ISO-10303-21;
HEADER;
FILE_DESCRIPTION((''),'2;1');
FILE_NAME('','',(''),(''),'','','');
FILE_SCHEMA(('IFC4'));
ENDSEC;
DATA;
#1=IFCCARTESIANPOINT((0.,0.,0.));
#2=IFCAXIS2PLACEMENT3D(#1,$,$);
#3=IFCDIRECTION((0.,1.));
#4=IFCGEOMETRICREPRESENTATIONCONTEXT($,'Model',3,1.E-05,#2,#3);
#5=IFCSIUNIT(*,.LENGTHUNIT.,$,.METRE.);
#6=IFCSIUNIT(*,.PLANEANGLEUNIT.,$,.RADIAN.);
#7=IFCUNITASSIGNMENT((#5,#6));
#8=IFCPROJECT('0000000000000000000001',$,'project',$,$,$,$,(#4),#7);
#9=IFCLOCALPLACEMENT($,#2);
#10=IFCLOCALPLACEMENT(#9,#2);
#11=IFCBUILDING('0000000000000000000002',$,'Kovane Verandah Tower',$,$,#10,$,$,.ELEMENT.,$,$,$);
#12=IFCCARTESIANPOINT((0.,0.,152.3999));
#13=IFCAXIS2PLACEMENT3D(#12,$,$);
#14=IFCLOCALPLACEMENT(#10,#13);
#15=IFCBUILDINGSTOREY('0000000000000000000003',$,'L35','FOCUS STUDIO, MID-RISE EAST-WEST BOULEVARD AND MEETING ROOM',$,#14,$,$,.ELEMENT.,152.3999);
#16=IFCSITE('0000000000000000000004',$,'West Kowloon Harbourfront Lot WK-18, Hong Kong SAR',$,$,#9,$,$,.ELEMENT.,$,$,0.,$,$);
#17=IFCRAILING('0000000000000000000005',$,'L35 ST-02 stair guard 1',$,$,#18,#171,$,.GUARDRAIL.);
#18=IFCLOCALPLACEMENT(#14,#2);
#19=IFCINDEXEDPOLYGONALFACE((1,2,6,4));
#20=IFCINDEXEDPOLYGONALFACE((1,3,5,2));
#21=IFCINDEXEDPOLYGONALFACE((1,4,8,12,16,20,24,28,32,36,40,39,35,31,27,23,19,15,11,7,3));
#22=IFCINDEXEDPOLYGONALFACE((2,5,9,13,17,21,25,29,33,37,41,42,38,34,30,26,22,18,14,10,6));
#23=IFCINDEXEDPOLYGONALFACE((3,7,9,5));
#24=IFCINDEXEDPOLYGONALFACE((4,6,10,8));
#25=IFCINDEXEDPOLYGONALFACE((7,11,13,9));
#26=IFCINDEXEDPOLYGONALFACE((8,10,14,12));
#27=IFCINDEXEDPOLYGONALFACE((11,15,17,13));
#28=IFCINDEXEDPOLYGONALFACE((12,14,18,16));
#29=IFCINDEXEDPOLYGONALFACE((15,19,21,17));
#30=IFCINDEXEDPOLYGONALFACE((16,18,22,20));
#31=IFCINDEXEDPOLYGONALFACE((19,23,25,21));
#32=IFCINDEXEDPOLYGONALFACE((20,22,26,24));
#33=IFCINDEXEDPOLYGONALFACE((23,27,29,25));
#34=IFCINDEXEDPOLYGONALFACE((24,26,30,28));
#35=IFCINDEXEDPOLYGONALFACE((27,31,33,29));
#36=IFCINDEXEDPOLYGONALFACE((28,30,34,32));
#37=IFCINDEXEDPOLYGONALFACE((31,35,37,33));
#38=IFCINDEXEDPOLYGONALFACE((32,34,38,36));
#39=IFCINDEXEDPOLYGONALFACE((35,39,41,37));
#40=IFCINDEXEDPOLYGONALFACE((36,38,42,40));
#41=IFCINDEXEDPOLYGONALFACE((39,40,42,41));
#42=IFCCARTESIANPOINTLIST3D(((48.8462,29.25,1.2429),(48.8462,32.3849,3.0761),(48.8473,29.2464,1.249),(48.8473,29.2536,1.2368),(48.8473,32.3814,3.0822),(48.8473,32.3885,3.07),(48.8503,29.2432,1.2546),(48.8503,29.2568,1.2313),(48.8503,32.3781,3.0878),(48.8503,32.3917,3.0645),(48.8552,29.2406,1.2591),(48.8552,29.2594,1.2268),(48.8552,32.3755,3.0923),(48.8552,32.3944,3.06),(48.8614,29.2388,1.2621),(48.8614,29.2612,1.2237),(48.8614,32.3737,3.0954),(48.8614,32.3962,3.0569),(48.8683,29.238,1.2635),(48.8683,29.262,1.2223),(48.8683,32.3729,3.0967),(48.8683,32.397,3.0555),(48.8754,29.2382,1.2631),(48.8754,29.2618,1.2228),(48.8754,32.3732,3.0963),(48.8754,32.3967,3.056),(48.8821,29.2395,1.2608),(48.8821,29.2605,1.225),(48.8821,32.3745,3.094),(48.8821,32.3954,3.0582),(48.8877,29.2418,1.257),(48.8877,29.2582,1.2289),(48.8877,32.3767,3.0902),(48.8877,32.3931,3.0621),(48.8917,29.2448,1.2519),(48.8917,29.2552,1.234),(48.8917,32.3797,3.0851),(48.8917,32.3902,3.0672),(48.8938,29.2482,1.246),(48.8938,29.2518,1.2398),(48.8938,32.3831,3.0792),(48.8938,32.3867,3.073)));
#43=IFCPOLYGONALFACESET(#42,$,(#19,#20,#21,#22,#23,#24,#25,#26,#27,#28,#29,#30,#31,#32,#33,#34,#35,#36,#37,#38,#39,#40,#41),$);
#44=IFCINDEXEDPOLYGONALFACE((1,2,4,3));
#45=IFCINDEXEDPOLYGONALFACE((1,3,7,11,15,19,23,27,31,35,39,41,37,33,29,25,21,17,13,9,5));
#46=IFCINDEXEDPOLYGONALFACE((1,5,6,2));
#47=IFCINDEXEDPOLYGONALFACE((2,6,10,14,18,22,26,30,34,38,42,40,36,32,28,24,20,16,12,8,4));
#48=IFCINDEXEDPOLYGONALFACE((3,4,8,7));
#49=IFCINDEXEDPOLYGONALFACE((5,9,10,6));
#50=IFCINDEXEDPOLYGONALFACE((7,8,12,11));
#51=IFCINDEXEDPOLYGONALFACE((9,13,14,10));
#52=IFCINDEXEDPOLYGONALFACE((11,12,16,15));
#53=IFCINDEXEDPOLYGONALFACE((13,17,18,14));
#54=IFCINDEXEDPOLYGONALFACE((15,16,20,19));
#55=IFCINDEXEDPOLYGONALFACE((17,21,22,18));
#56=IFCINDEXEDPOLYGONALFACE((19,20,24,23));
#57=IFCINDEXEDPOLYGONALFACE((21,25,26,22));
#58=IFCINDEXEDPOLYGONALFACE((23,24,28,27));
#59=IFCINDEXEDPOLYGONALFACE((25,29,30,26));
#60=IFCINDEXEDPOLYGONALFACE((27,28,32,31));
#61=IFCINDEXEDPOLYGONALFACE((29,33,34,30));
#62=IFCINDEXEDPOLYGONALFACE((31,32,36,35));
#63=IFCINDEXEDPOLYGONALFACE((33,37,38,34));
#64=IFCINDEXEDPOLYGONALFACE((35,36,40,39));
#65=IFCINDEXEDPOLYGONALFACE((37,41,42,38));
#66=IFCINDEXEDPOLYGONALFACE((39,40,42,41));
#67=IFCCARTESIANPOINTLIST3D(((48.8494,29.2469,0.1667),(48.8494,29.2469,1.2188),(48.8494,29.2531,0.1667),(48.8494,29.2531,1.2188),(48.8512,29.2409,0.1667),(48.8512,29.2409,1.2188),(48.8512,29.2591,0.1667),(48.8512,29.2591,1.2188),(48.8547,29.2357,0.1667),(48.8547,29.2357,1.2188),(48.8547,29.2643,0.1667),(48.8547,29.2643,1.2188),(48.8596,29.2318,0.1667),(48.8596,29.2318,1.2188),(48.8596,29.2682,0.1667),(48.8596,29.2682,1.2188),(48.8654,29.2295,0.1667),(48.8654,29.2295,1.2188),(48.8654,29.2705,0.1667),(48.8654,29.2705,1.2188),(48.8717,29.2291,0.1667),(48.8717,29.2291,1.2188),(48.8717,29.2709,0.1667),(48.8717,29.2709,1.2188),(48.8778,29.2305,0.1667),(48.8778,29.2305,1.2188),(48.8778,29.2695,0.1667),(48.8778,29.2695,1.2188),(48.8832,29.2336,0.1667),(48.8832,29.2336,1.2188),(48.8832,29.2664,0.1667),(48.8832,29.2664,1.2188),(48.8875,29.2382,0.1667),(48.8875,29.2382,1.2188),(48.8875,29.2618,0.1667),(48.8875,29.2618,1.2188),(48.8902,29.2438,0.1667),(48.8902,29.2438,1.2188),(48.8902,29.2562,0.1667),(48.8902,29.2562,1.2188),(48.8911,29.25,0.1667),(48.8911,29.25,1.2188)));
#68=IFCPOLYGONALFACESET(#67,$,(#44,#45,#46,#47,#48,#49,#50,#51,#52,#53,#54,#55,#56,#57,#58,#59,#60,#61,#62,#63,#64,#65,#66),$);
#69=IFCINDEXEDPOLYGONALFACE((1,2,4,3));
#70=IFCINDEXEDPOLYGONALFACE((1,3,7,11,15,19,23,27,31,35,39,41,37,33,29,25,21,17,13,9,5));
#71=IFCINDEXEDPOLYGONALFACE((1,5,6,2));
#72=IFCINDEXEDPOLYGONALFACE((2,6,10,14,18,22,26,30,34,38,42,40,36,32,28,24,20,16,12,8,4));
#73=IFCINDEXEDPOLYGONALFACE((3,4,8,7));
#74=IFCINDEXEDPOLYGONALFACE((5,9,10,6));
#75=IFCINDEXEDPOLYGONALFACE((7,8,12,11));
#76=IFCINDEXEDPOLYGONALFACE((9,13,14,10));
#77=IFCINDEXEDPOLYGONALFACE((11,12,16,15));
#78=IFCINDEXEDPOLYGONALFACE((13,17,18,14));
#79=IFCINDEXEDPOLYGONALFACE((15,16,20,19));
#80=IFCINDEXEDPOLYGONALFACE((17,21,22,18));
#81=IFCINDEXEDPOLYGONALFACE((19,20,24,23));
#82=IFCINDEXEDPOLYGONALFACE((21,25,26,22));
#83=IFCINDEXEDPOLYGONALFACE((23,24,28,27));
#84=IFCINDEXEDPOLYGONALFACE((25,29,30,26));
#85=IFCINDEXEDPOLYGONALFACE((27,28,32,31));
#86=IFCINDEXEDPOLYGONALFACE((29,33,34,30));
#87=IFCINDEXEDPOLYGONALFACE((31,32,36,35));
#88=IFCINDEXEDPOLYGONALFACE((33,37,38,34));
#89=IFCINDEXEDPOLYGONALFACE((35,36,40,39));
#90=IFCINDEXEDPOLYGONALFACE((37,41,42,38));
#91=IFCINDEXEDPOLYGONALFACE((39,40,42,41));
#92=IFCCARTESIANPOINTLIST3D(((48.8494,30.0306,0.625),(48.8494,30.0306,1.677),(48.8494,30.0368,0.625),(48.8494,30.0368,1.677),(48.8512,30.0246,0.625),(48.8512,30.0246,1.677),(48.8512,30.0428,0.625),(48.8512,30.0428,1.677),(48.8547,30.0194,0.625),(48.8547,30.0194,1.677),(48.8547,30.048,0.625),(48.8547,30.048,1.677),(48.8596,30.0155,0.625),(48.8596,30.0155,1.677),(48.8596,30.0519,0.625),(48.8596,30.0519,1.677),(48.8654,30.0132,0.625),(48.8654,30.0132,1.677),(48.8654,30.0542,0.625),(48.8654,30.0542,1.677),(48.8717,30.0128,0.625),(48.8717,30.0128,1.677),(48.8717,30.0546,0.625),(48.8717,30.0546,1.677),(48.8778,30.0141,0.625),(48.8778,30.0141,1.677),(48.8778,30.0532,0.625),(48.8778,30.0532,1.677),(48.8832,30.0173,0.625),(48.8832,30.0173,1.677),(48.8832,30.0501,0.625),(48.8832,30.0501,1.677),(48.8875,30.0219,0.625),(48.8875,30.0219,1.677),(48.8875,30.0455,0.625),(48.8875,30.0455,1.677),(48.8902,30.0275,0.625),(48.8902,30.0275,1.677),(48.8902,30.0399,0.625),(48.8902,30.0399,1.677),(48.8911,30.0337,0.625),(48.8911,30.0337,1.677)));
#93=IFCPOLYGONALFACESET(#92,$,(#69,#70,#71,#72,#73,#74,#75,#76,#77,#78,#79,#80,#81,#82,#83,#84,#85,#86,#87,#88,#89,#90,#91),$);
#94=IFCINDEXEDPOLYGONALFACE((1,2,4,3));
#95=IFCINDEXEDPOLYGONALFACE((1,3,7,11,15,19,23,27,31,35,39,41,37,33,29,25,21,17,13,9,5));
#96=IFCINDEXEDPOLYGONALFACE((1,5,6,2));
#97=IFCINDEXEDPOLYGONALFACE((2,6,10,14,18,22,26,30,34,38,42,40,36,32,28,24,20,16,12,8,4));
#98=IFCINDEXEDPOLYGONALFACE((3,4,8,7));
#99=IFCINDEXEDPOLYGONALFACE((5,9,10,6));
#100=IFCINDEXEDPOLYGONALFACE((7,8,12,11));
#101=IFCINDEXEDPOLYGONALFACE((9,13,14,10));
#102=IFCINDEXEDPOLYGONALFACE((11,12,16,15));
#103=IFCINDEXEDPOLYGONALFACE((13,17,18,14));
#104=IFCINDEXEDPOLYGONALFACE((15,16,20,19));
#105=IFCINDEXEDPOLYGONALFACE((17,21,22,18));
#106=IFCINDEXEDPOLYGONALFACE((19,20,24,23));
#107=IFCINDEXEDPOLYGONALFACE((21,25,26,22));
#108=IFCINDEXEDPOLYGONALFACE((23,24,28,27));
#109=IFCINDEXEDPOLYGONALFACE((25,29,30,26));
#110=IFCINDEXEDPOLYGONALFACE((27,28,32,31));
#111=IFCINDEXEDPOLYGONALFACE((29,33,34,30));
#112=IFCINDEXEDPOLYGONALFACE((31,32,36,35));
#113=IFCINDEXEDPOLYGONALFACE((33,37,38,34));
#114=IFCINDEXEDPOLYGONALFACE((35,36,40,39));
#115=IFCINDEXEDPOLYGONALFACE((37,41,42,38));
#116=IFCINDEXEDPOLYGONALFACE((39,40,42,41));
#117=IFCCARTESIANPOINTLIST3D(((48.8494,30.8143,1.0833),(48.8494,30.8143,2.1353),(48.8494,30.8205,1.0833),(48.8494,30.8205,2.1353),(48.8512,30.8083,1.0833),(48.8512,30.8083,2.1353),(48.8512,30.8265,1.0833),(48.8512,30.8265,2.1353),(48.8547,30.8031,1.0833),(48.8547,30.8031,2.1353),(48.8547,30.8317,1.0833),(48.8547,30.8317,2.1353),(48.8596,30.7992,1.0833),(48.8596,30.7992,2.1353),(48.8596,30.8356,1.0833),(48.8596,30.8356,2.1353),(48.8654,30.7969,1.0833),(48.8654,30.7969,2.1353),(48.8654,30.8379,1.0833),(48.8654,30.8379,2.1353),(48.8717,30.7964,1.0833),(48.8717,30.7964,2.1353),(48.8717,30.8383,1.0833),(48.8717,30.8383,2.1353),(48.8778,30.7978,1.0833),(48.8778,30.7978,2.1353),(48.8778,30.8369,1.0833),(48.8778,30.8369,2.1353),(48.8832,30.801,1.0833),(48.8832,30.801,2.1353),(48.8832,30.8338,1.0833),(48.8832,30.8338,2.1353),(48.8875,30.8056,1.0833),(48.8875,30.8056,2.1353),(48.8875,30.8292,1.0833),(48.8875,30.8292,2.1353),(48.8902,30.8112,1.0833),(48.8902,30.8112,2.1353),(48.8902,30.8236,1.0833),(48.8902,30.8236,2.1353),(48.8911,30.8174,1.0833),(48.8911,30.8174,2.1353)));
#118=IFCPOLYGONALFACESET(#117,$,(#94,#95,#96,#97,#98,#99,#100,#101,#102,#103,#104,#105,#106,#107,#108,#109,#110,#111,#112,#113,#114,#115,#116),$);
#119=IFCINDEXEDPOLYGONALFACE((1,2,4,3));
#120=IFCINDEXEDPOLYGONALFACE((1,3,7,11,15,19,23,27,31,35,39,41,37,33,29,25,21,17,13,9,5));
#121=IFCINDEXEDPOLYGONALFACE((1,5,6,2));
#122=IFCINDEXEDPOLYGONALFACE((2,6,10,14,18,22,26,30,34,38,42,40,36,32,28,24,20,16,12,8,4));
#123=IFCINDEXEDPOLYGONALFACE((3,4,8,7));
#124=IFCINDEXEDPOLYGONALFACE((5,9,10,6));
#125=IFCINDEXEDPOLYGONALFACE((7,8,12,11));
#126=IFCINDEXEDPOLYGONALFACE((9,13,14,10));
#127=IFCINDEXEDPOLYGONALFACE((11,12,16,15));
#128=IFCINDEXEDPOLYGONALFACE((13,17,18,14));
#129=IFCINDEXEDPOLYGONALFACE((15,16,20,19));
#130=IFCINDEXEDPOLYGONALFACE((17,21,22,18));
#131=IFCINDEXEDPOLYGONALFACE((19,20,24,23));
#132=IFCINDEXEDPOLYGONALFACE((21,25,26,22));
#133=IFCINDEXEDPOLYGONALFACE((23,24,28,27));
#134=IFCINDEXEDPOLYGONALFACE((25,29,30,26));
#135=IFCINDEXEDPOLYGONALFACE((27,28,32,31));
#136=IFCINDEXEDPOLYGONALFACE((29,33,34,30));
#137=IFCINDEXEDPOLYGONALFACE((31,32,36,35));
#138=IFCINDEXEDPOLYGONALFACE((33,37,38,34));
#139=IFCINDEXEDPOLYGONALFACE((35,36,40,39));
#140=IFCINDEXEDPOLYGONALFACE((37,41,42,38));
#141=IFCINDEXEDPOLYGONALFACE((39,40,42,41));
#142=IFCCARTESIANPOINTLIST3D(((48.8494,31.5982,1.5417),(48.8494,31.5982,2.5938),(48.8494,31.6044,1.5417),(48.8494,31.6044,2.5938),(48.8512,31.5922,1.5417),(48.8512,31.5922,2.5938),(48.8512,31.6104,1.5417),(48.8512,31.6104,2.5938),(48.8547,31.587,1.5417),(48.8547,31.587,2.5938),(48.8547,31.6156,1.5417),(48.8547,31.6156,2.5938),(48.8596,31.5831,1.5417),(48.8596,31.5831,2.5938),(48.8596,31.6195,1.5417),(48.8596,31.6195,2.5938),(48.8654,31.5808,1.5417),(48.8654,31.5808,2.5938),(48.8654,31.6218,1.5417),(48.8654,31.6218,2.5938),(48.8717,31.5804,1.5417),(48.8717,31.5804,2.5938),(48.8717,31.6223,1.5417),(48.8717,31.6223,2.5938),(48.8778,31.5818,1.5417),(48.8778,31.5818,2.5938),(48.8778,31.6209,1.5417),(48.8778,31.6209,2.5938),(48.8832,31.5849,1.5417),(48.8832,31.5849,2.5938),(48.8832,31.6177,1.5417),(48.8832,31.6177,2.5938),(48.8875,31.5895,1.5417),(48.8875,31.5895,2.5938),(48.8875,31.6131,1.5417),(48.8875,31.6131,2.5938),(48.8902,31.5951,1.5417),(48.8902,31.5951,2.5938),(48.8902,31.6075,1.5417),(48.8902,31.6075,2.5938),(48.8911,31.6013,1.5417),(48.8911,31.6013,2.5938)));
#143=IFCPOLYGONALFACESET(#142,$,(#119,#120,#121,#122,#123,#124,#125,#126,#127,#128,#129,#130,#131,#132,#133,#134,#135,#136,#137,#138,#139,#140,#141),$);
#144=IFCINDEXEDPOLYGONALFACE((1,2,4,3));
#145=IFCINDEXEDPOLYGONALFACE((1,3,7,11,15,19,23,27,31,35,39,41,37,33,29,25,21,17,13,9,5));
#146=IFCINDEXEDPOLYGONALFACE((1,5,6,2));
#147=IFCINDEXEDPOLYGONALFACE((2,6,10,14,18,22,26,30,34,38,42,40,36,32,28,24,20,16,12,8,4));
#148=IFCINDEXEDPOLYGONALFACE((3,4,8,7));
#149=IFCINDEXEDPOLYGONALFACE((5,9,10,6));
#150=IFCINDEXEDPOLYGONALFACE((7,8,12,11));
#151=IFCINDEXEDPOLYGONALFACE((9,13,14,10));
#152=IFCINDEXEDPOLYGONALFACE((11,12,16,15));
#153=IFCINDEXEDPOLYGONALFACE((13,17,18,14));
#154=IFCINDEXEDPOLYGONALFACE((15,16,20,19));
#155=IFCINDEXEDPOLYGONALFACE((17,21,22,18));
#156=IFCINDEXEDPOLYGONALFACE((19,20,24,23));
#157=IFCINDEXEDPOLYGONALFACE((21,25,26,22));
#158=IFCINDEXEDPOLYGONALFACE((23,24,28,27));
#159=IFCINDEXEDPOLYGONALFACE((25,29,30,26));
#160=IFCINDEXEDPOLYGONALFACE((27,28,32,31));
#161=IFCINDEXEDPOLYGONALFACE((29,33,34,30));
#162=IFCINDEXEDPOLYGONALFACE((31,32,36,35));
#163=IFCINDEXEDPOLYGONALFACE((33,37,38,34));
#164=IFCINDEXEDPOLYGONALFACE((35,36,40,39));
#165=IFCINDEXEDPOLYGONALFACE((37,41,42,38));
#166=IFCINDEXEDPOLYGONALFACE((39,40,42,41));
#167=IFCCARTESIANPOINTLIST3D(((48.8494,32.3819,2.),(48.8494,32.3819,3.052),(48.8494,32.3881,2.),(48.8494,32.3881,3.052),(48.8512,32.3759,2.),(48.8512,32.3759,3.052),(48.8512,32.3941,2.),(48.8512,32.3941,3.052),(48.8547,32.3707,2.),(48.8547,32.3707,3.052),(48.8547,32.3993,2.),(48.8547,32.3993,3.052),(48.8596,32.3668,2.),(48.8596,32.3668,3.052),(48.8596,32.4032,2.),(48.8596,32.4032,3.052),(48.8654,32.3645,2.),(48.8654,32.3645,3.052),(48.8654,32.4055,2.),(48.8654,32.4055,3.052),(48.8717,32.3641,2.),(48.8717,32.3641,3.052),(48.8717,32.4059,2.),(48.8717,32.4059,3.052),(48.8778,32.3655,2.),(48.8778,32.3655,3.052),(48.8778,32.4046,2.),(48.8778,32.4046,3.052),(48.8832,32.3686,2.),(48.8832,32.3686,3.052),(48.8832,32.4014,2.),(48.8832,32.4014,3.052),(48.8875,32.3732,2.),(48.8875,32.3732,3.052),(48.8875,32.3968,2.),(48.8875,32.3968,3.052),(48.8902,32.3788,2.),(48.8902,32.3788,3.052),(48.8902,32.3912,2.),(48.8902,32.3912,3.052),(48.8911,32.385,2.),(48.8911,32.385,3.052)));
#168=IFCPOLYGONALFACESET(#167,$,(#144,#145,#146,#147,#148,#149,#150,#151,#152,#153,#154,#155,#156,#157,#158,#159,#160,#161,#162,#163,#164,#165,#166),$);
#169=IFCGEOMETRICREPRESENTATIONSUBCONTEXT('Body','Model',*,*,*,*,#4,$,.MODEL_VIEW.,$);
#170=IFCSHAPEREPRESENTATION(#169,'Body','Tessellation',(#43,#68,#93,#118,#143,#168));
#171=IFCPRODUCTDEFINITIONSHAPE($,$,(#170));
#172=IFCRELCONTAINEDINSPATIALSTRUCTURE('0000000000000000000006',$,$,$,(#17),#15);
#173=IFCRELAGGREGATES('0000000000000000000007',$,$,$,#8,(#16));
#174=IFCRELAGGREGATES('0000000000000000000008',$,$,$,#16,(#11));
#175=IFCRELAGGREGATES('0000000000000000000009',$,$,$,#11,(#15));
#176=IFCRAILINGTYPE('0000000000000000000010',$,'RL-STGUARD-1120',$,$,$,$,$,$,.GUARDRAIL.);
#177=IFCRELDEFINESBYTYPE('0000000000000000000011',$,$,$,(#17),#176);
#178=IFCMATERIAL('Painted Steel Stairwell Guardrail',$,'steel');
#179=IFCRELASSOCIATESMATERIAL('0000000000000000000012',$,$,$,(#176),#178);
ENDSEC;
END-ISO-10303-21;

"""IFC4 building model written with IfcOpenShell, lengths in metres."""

from ifc_helpers import new_model, si_unit, direction, frame, origin, origin_2d, place, context, subcontext, project, spatial, circle, extrude, material, type_object, element, save


model = new_model("IFC4")

# Units and contexts
model_context = context("Model", 3, precision=1e-05, world=origin(), true_north=direction((0.0, 1.0)))
body_context = subcontext(model_context, "Body", "Model", "MODEL_VIEW")
ifc_project = project(units=[si_unit("LENGTHUNIT", "METRE"), si_unit("PLANEANGLEUNIT", "RADIAN")], contexts=[model_context])

# Site, building, storey
site_placement = place(None, origin())
site = spatial("IfcSite", under=ifc_project, at=site_placement, Name="West Kowloon Harbourfront Lot WK-18, Hong Kong SAR", CompositionType="ELEMENT", RefElevation=0.0)
building_placement = place(site_placement, origin())
building = spatial("IfcBuilding", under=site, at=building_placement, Name="Kovane Verandah Tower", CompositionType="ELEMENT")
storey_placement = place(building_placement, frame((0.0, 0.0, 152.3999)))
storey = spatial("IfcBuildingStorey", under=building, at=storey_placement, Name="L35", Description="FOCUS STUDIO, MID-RISE EAST-WEST BOULEVARD AND MEETING ROOM", CompositionType="ELEMENT", Elevation=152.3999)

# Railing
ifc_material_1 = material(Name="Painted Steel Stairwell Guardrail", Category="steel")
railing_type_1 = type_object("IfcRailingType", Name="RL-STGUARD-1120", PredefinedType="GUARDRAIL", material=ifc_material_1)
railing_1_placement = place(storey_placement, frame((48.8701, 29.25, 0.1667)))
element("IfcRailing", 1, at=railing_1_placement, inside=storey, type_object=railing_type_1, Name="L35 ST-02 stair guard 1", PredefinedType="GUARDRAIL", context=body_context, shape_type="SweptSolid", body=[
    extrude(circle(Radius=0.0239, at=origin_2d()), frame((0.0, 0.0, 1.0762), z_axis=(0.0, 0.86324, 0.504794), x_axis=(-1.0, 0.0, 0.0)), (0.0, 0.0, 1.0), 3.6316),
    extrude(circle(Radius=0.021, at=origin_2d()), origin(), (0.0, 0.0, 1.0), 1.052),
    extrude(circle(Radius=0.021, at=origin_2d()), frame((0.0, 0.7837, 0.4583)), (0.0, 0.0, 1.0), 1.052),
    extrude(circle(Radius=0.021, at=origin_2d()), frame((0.0, 1.5674, 0.9165)), (0.0, 0.0, 1.0), 1.052),
    extrude(circle(Radius=0.021, at=origin_2d()), frame((0.0, 2.3513, 1.375)), (0.0, 0.0, 1.0), 1.052),
    extrude(circle(Radius=0.021, at=origin_2d()), frame((0.0, 3.135, 1.8333)), (0.0, 0.0, 1.0), 1.052),
])

save(model, "model.ifc")
